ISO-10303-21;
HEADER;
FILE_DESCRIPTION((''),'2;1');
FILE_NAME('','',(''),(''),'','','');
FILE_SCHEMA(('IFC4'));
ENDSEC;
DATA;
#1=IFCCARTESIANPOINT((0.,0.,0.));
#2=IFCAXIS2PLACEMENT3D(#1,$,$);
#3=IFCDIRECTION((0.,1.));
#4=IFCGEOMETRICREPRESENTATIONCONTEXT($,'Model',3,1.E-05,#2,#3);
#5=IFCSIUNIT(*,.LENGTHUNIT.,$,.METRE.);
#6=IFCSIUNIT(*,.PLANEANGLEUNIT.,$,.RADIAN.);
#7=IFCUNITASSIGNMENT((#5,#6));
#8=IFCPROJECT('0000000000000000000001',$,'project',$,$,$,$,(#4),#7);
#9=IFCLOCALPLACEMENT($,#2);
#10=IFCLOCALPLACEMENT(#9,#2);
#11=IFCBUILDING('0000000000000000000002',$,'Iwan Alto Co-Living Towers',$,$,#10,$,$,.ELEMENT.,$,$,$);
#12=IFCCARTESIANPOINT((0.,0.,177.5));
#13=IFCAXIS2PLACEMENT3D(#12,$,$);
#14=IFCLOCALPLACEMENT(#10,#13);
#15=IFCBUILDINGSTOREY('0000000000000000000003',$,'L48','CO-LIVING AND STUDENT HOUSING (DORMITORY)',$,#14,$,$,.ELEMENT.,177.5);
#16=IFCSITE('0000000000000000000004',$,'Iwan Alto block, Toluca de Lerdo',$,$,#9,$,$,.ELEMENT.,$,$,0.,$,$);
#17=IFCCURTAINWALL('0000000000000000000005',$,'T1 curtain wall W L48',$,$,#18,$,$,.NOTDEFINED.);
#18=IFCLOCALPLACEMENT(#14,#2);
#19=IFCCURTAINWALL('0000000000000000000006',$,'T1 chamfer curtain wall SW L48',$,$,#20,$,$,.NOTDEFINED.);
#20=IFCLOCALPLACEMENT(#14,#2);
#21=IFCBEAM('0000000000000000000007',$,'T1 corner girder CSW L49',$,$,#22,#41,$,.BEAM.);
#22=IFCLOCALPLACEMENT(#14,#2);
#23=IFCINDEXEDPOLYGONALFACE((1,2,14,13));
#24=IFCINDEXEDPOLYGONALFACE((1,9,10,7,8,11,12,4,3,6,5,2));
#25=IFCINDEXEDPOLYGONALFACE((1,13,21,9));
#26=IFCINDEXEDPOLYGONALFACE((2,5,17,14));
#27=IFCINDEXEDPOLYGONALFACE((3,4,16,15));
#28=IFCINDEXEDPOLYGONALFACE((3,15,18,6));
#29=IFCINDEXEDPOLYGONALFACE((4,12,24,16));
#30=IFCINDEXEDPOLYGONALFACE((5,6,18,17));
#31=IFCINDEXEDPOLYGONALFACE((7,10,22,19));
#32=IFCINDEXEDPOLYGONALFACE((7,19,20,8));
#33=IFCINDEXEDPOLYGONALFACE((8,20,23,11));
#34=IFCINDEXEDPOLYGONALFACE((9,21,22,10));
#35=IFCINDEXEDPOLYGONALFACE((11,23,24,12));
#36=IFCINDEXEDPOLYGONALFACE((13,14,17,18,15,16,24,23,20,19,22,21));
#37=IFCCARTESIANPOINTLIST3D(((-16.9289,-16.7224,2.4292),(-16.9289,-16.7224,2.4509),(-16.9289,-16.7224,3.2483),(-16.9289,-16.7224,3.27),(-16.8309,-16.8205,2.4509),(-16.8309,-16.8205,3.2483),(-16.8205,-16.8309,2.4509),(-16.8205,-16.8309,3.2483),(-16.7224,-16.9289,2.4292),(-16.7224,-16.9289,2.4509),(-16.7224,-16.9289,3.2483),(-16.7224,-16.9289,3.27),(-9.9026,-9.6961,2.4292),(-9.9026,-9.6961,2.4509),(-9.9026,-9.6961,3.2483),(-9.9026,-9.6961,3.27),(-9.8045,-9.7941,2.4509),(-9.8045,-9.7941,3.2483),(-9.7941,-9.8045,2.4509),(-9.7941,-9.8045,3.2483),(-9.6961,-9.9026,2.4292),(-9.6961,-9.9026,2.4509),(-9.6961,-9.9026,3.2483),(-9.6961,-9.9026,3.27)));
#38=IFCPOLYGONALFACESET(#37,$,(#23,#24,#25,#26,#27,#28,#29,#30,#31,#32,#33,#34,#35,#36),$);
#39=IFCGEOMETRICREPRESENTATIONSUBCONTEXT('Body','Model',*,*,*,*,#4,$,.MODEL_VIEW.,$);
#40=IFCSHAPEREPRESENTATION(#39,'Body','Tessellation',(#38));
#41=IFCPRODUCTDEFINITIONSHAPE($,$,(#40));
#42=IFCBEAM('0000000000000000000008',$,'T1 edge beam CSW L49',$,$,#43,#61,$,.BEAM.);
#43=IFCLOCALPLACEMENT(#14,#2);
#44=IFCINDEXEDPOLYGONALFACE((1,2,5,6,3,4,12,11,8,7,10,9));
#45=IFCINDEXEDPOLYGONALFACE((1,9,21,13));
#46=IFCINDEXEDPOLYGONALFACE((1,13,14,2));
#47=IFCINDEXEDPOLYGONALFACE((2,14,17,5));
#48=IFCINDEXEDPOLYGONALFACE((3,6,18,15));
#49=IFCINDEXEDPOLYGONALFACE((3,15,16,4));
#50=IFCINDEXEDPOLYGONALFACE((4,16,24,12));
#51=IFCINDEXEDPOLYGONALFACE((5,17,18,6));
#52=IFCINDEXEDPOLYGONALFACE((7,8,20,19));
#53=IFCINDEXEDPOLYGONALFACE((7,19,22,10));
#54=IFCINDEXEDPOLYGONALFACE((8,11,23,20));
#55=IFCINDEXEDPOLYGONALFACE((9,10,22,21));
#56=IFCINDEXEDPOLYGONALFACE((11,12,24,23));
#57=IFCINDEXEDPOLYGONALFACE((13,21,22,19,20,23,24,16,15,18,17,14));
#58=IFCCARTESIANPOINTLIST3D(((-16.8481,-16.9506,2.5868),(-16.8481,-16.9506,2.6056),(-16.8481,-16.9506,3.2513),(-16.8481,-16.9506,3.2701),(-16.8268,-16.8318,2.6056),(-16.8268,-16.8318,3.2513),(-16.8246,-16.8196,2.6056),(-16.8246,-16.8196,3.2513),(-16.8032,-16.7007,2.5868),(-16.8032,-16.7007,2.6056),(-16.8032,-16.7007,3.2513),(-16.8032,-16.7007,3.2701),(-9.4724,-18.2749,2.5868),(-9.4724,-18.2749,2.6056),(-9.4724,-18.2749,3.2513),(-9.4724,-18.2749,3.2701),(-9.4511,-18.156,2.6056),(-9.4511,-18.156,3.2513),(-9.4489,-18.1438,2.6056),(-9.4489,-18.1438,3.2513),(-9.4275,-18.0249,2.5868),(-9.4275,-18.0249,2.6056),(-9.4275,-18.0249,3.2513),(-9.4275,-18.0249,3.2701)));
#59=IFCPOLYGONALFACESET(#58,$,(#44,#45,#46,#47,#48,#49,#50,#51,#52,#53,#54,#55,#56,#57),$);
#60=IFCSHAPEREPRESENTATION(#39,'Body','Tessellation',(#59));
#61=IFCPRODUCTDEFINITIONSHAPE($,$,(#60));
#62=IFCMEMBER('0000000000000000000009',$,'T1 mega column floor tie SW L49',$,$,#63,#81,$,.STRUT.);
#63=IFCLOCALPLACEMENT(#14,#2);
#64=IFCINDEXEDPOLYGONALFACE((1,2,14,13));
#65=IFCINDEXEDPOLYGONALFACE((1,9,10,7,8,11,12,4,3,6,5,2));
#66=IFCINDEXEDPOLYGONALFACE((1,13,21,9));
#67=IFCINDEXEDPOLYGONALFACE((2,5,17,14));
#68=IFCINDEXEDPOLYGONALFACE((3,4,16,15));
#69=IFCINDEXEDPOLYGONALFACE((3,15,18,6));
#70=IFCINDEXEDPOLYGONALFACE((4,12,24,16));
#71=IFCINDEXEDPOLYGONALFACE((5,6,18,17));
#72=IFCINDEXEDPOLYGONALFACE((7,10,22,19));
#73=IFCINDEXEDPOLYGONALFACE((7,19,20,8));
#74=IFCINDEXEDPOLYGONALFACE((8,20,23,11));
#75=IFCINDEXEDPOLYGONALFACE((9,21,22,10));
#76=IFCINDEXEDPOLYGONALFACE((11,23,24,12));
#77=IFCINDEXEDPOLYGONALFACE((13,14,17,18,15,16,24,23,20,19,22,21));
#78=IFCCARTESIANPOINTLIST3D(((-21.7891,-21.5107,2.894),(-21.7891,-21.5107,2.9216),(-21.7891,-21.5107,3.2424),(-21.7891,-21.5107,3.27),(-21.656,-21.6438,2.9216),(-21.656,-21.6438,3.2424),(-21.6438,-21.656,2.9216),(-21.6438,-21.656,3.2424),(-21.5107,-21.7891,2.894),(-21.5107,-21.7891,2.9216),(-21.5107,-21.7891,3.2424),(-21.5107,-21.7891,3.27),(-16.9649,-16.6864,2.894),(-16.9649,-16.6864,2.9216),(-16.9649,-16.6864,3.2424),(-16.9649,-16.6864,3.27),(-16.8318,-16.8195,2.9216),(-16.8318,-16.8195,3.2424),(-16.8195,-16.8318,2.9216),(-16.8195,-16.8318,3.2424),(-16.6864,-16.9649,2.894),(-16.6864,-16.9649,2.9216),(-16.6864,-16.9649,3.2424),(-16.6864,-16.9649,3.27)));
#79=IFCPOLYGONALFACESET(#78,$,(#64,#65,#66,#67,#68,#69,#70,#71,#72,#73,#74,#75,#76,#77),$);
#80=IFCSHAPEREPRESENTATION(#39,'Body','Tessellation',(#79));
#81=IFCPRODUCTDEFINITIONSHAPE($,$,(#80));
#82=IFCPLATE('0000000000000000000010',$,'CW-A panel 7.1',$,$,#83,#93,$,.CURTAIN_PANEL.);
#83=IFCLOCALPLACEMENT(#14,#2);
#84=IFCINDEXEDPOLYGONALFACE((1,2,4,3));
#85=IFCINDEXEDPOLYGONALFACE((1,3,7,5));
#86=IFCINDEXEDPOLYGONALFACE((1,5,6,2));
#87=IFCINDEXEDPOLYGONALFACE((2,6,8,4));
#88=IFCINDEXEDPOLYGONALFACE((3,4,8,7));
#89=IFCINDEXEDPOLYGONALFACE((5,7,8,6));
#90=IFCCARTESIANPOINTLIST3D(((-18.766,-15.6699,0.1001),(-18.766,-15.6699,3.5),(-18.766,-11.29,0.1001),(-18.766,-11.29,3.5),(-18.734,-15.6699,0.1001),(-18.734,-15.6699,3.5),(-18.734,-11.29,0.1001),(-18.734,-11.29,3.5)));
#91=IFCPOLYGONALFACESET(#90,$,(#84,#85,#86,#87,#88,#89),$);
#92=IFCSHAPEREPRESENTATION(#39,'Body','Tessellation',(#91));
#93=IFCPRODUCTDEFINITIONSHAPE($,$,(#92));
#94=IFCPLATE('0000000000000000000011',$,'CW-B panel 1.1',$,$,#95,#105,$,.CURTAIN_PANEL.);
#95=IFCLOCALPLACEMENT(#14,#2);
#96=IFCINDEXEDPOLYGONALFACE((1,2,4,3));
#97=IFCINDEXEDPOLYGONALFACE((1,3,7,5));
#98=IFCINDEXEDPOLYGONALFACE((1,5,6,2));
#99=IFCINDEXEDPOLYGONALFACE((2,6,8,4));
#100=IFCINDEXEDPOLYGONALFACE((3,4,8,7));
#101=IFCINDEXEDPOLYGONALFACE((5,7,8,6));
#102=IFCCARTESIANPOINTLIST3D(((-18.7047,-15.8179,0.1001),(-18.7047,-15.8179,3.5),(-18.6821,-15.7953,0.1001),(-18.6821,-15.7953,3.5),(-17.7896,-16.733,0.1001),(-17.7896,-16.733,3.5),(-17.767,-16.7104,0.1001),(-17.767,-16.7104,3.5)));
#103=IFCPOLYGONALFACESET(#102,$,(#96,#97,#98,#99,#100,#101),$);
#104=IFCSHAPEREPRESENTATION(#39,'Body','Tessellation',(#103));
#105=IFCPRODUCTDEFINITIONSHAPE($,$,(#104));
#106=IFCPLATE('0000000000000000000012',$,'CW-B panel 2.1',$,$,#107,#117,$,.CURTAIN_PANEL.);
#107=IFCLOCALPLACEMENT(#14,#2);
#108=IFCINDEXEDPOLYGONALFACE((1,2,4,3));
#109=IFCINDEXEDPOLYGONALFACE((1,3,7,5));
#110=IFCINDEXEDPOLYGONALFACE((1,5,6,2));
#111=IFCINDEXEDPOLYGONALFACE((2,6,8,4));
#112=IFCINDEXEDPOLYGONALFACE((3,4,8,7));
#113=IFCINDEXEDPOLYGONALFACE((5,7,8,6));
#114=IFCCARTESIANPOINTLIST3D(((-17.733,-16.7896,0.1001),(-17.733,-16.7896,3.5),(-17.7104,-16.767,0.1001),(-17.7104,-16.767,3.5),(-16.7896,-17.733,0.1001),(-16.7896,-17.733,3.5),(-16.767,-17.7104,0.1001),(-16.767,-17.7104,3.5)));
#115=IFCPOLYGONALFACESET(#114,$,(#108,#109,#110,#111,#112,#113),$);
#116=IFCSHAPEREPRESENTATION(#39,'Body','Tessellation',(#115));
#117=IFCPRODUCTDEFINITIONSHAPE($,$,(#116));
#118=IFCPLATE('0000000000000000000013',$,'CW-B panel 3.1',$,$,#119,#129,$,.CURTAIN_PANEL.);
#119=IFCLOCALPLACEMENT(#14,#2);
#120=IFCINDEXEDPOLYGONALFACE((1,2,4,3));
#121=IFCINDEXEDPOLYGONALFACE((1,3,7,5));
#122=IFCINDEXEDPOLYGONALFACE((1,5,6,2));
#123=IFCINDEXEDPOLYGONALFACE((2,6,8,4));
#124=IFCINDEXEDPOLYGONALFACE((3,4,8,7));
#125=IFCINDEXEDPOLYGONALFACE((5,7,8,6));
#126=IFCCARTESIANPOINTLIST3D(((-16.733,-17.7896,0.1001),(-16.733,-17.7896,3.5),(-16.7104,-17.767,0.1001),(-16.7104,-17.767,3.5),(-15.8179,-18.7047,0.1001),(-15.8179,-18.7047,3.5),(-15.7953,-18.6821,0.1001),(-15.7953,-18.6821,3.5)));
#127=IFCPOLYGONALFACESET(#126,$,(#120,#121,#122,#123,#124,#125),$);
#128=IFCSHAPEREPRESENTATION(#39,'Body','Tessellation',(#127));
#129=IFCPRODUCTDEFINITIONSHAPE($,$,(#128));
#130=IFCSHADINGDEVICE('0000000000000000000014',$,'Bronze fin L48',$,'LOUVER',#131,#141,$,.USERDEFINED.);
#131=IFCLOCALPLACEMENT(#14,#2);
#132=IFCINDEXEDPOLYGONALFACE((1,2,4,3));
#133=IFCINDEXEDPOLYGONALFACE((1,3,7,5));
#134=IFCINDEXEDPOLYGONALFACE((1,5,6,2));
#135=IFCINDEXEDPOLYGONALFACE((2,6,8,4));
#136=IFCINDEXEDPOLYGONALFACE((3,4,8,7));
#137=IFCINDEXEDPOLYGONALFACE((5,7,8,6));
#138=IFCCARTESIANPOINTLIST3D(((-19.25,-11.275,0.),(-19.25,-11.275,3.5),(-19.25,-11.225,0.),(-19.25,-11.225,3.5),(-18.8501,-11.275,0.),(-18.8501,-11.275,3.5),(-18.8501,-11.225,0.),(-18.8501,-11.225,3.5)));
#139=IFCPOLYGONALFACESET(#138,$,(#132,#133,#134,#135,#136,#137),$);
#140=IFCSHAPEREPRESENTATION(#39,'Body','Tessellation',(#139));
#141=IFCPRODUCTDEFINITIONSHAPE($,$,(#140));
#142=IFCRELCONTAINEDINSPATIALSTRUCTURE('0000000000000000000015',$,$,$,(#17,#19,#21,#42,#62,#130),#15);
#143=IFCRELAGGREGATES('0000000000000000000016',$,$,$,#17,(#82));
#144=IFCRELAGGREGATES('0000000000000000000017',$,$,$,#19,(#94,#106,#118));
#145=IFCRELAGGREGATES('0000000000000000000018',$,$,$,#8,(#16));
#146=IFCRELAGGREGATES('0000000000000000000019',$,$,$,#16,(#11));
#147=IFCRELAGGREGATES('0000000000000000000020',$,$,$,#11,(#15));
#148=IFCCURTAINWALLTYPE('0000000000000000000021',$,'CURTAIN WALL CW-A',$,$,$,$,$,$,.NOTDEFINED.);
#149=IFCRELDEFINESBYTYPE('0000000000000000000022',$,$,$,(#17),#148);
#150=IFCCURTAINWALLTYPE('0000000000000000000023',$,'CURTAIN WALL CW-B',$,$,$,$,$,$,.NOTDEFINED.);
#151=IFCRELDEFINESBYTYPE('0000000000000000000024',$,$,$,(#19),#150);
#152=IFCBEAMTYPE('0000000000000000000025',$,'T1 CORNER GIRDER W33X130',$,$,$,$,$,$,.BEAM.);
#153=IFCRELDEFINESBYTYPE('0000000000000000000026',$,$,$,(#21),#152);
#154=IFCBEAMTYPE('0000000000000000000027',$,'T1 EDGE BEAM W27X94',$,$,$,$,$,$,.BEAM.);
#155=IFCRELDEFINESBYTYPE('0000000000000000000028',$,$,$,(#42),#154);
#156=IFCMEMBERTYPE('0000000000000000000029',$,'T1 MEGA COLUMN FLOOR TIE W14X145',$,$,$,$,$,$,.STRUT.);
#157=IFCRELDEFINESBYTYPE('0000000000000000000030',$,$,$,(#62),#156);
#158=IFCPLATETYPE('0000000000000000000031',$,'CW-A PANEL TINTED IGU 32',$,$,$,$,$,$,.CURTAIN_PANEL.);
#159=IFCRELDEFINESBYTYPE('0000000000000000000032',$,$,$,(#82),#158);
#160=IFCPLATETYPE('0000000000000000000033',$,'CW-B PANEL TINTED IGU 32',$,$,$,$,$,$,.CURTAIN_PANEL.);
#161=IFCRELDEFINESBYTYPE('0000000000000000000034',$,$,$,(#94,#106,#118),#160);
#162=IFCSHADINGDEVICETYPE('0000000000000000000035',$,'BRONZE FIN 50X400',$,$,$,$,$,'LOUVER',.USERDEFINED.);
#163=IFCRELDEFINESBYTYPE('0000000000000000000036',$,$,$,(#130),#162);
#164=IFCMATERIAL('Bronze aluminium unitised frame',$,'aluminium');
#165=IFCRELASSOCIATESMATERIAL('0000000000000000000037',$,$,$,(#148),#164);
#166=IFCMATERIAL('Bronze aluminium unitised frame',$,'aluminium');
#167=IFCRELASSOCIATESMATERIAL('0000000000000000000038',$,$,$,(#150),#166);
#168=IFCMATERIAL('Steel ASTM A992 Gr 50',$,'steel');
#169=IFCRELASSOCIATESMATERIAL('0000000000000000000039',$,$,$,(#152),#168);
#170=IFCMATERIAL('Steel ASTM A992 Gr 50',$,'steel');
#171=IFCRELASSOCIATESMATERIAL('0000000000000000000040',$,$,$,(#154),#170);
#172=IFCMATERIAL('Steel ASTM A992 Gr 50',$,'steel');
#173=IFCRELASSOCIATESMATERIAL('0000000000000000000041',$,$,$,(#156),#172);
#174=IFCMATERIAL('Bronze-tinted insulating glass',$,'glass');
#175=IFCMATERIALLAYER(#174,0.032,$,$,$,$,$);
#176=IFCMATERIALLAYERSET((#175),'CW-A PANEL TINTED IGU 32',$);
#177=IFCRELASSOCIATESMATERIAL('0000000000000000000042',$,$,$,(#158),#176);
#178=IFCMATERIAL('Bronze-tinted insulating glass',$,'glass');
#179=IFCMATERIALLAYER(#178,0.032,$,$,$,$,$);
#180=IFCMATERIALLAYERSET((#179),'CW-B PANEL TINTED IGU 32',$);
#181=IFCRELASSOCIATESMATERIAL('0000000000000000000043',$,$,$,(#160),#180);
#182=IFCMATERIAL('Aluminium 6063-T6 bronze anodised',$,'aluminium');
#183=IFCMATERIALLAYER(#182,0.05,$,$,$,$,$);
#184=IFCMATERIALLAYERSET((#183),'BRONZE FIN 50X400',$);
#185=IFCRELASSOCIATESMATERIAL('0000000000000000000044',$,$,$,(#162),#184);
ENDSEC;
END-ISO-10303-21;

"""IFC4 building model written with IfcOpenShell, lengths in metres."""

from ifc_helpers import new_model, si_unit, direction, frame, origin, origin_2d, place, context, subcontext, project, spatial, rectangle, i_section, extrude, material, layer, layer_set, material_profile, profile_set, type_object, element, aggregate, save


model = new_model("IFC4")

# Units and contexts
model_context = context("Model", 3, precision=1e-05, world=origin(), true_north=direction((0.0, 1.0)))
body_context = subcontext(model_context, "Body", "Model", "MODEL_VIEW")
ifc_project = project(units=[si_unit("LENGTHUNIT", "METRE"), si_unit("PLANEANGLEUNIT", "RADIAN")], contexts=[model_context])

# Site, building, storey
site_placement = place(None, origin())
site = spatial("IfcSite", under=ifc_project, at=site_placement, Name="Iwan Alto block, Toluca de Lerdo", CompositionType="ELEMENT", RefElevation=0.0)
building_placement = place(site_placement, origin())
building = spatial("IfcBuilding", under=site, at=building_placement, Name="Iwan Alto Co-Living Towers", CompositionType="ELEMENT")
storey_placement = place(building_placement, frame((0.0, 0.0, 177.5)))
storey = spatial("IfcBuildingStorey", under=building, at=storey_placement, Name="L48", Description="CO-LIVING AND STUDENT HOUSING (DORMITORY)", CompositionType="ELEMENT", Elevation=177.5)

# Curtain walls
ifc_material_1 = material(Name="Bronze aluminium unitised frame", Category="aluminium")
curtain_wall_type_1 = type_object("IfcCurtainWallType", Name="CURTAIN WALL CW-A", PredefinedType="NOTDEFINED", material=ifc_material_1)
curtain_wall_1_placement = place(storey_placement, origin())
curtain_wall_1 = element("IfcCurtainWall", 1, at=curtain_wall_1_placement, inside=storey, type_object=curtain_wall_type_1, Name="T1 curtain wall W L48", PredefinedType="NOTDEFINED")
ifc_material_2 = material(Name="Bronze aluminium unitised frame", Category="aluminium")
curtain_wall_type_2 = type_object("IfcCurtainWallType", Name="CURTAIN WALL CW-B", PredefinedType="NOTDEFINED", material=ifc_material_2)
curtain_wall_2_placement = place(storey_placement, origin())
curtain_wall_2 = element("IfcCurtainWall", 2, at=curtain_wall_2_placement, inside=storey, type_object=curtain_wall_type_2, Name="T1 chamfer curtain wall SW L48", PredefinedType="NOTDEFINED")

# Beams
ifc_material_3 = material(Name="Steel ASTM A992 Gr 50", Category="steel")
ifc_material_profile_1 = material_profile(ifc_material_3, i_section(OverallWidth=0.292, OverallDepth=0.8408, WebThickness=0.0146, FlangeThickness=0.0217, at=origin_2d()), Name="W33X130")
ifc_profile_set_1 = profile_set([ifc_material_profile_1], Name="Steel ASTM A992 Gr 50")
beam_type_1 = type_object("IfcBeamType", Name="T1 CORNER GIRDER W33X130", PredefinedType="BEAM", material=ifc_profile_set_1)
beam_1_placement = place(storey_placement, frame((-16.8257, -16.8257, 2.8496), z_axis=(0.707107, 0.707107, 0.0), x_axis=(-0.707107, 0.707107, 0.0)))
element("IfcBeam", 3, at=beam_1_placement, inside=storey, type_object=beam_type_1, Name="T1 corner girder CSW L49", PredefinedType="BEAM", context=body_context, shape_type="SweptSolid", body=[
    extrude(i_section(OverallWidth=0.292, OverallDepth=0.8408, WebThickness=0.0146, FlangeThickness=0.0217, at=origin_2d()), origin(), (0.0, 0.0, 1.0), 9.9368),
])
ifc_material_4 = material(Name="Steel ASTM A992 Gr 50", Category="steel")
ifc_material_profile_2 = material_profile(ifc_material_4, i_section(OverallWidth=0.2539, OverallDepth=0.6833, WebThickness=0.0125, FlangeThickness=0.0188, at=origin_2d()), Name="W27X94")
ifc_profile_set_2 = profile_set([ifc_material_profile_2], Name="Steel ASTM A992 Gr 50")
beam_type_2 = type_object("IfcBeamType", Name="T1 EDGE BEAM W27X94", PredefinedType="BEAM", material=ifc_profile_set_2)
beam_2_placement = place(storey_placement, frame((-16.8257, -16.8257, 2.9285), z_axis=(0.984263, -0.176712, 0.0), x_axis=(0.176712, 0.984263, 0.0)))
element("IfcBeam", 4, at=beam_2_placement, inside=storey, type_object=beam_type_2, Name="T1 edge beam CSW L49", PredefinedType="BEAM", context=body_context, shape_type="SweptSolid", body=[
    extrude(i_section(OverallWidth=0.2539, OverallDepth=0.6833, WebThickness=0.0125, FlangeThickness=0.0188, at=origin_2d()), origin(), (0.0, 0.0, 1.0), 7.4937),
])

# Member
ifc_material_5 = material(Name="Steel ASTM A992 Gr 50", Category="steel")
ifc_material_profile_3 = material_profile(ifc_material_5, i_section(OverallWidth=0.3938, OverallDepth=0.376, WebThickness=0.0173, FlangeThickness=0.0276, at=origin_2d()), Name="W14X145")
ifc_profile_set_3 = profile_set([ifc_material_profile_3], Name="Steel ASTM A992 Gr 50")
member_type_1 = type_object("IfcMemberType", Name="T1 MEGA COLUMN FLOOR TIE W14X145", PredefinedType="STRUT", material=ifc_profile_set_3)
member_1_placement = place(storey_placement, frame((-21.6499, -21.6499, 3.082), z_axis=(0.707107, 0.707107, 0.0), x_axis=(-0.707107, 0.707107, 0.0)))
element("IfcMember", 5, at=member_1_placement, inside=storey, type_object=member_type_1, Name="T1 mega column floor tie SW L49", PredefinedType="STRUT", context=body_context, shape_type="SweptSolid", body=[
    extrude(i_section(OverallWidth=0.3938, OverallDepth=0.376, WebThickness=0.0173, FlangeThickness=0.0276, at=origin_2d()), origin(), (0.0, 0.0, 1.0), 6.8225),
])

# Plates
ifc_material_6 = material(Name="Bronze-tinted insulating glass", Category="glass")
ifc_layer_1 = layer(ifc_material_6, 0.032)
ifc_layer_set_1 = layer_set([ifc_layer_1], Name="CW-A PANEL TINTED IGU 32")
plate_type_1 = type_object("IfcPlateType", Name="CW-A PANEL TINTED IGU 32", PredefinedType="CURTAIN_PANEL", material=ifc_layer_set_1)
plate_1_placement = place(storey_placement, frame((-18.75, -13.48, 0.1001), z_axis=(0.0, 0.0, 1.0), x_axis=(0.0, -1.0, 0.0)))
plate_1 = element("IfcPlate", 6, at=plate_1_placement, type_object=plate_type_1, Name="CW-A panel 7.1", PredefinedType="CURTAIN_PANEL", context=body_context, shape_type="SweptSolid", body=[
    extrude(rectangle(XDim=4.3799, YDim=0.032, at=origin_2d()), origin(), (0.0, 0.0, 1.0), 3.3999),
])
aggregate(curtain_wall_1, [plate_1])
ifc_material_7 = material(Name="Bronze-tinted insulating glass", Category="glass")
ifc_layer_2 = layer(ifc_material_7, 0.032)
ifc_layer_set_2 = layer_set([ifc_layer_2], Name="CW-B PANEL TINTED IGU 32")
plate_type_2 = type_object("IfcPlateType", Name="CW-B PANEL TINTED IGU 32", PredefinedType="CURTAIN_PANEL", material=ifc_layer_set_2)
plate_2_placement = place(storey_placement, frame((-18.2358, -16.2642, 0.1001), z_axis=(0.0, 0.0, 1.0), x_axis=(0.707107, -0.707107, 0.0)))
plate_2 = element("IfcPlate", 7, at=plate_2_placement, type_object=plate_type_2, Name="CW-B panel 1.1", PredefinedType="CURTAIN_PANEL", context=body_context, shape_type="SweptSolid", body=[
    extrude(rectangle(XDim=1.2942, YDim=0.032, at=origin_2d()), origin(), (0.0, 0.0, 1.0), 3.3999),
])
plate_3_placement = place(storey_placement, frame((-17.25, -17.25, 0.1001), z_axis=(0.0, 0.0, 1.0), x_axis=(0.707107, -0.707107, 0.0)))
plate_3 = element("IfcPlate", 8, at=plate_3_placement, type_object=plate_type_2, Name="CW-B panel 2.1", PredefinedType="CURTAIN_PANEL", context=body_context, shape_type="SweptSolid", body=[
    extrude(rectangle(XDim=1.3342, YDim=0.032, at=origin_2d()), origin(), (0.0, 0.0, 1.0), 3.3999),
])
plate_4_placement = place(storey_placement, frame((-16.2642, -18.2358, 0.1001), z_axis=(0.0, 0.0, 1.0), x_axis=(0.707107, -0.707107, 0.0)))
plate_4 = element("IfcPlate", 9, at=plate_4_placement, type_object=plate_type_2, Name="CW-B panel 3.1", PredefinedType="CURTAIN_PANEL", context=body_context, shape_type="SweptSolid", body=[
    extrude(rectangle(XDim=1.2942, YDim=0.032, at=origin_2d()), origin(), (0.0, 0.0, 1.0), 3.3999),
])
aggregate(curtain_wall_2, [plate_2, plate_3, plate_4])

# Shading device
ifc_material_8 = material(Name="Aluminium 6063-T6 bronze anodised", Category="aluminium")
ifc_layer_3 = layer(ifc_material_8, 0.05)
ifc_layer_set_3 = layer_set([ifc_layer_3], Name="BRONZE FIN 50X400")
shading_device_type = type_object("IfcShadingDeviceType", Name="BRONZE FIN 50X400", ElementType="LOUVER", PredefinedType="USERDEFINED", material=ifc_layer_set_3)
shading_device_placement = place(storey_placement, frame((-19.05, -11.25, 0.0), z_axis=(0.0, 0.0, 1.0), x_axis=(0.0, -1.0, 0.0)))
element("IfcShadingDevice", 10, at=shading_device_placement, inside=storey, type_object=shading_device_type, Name="Bronze fin L48", ObjectType="LOUVER", PredefinedType="USERDEFINED", context=body_context, shape_type="SweptSolid", body=[
    extrude(rectangle(XDim=0.05, YDim=0.3999, at=origin_2d()), origin(), (0.0, 0.0, 1.0), 3.5),
])

save(model, "model.ifc")
